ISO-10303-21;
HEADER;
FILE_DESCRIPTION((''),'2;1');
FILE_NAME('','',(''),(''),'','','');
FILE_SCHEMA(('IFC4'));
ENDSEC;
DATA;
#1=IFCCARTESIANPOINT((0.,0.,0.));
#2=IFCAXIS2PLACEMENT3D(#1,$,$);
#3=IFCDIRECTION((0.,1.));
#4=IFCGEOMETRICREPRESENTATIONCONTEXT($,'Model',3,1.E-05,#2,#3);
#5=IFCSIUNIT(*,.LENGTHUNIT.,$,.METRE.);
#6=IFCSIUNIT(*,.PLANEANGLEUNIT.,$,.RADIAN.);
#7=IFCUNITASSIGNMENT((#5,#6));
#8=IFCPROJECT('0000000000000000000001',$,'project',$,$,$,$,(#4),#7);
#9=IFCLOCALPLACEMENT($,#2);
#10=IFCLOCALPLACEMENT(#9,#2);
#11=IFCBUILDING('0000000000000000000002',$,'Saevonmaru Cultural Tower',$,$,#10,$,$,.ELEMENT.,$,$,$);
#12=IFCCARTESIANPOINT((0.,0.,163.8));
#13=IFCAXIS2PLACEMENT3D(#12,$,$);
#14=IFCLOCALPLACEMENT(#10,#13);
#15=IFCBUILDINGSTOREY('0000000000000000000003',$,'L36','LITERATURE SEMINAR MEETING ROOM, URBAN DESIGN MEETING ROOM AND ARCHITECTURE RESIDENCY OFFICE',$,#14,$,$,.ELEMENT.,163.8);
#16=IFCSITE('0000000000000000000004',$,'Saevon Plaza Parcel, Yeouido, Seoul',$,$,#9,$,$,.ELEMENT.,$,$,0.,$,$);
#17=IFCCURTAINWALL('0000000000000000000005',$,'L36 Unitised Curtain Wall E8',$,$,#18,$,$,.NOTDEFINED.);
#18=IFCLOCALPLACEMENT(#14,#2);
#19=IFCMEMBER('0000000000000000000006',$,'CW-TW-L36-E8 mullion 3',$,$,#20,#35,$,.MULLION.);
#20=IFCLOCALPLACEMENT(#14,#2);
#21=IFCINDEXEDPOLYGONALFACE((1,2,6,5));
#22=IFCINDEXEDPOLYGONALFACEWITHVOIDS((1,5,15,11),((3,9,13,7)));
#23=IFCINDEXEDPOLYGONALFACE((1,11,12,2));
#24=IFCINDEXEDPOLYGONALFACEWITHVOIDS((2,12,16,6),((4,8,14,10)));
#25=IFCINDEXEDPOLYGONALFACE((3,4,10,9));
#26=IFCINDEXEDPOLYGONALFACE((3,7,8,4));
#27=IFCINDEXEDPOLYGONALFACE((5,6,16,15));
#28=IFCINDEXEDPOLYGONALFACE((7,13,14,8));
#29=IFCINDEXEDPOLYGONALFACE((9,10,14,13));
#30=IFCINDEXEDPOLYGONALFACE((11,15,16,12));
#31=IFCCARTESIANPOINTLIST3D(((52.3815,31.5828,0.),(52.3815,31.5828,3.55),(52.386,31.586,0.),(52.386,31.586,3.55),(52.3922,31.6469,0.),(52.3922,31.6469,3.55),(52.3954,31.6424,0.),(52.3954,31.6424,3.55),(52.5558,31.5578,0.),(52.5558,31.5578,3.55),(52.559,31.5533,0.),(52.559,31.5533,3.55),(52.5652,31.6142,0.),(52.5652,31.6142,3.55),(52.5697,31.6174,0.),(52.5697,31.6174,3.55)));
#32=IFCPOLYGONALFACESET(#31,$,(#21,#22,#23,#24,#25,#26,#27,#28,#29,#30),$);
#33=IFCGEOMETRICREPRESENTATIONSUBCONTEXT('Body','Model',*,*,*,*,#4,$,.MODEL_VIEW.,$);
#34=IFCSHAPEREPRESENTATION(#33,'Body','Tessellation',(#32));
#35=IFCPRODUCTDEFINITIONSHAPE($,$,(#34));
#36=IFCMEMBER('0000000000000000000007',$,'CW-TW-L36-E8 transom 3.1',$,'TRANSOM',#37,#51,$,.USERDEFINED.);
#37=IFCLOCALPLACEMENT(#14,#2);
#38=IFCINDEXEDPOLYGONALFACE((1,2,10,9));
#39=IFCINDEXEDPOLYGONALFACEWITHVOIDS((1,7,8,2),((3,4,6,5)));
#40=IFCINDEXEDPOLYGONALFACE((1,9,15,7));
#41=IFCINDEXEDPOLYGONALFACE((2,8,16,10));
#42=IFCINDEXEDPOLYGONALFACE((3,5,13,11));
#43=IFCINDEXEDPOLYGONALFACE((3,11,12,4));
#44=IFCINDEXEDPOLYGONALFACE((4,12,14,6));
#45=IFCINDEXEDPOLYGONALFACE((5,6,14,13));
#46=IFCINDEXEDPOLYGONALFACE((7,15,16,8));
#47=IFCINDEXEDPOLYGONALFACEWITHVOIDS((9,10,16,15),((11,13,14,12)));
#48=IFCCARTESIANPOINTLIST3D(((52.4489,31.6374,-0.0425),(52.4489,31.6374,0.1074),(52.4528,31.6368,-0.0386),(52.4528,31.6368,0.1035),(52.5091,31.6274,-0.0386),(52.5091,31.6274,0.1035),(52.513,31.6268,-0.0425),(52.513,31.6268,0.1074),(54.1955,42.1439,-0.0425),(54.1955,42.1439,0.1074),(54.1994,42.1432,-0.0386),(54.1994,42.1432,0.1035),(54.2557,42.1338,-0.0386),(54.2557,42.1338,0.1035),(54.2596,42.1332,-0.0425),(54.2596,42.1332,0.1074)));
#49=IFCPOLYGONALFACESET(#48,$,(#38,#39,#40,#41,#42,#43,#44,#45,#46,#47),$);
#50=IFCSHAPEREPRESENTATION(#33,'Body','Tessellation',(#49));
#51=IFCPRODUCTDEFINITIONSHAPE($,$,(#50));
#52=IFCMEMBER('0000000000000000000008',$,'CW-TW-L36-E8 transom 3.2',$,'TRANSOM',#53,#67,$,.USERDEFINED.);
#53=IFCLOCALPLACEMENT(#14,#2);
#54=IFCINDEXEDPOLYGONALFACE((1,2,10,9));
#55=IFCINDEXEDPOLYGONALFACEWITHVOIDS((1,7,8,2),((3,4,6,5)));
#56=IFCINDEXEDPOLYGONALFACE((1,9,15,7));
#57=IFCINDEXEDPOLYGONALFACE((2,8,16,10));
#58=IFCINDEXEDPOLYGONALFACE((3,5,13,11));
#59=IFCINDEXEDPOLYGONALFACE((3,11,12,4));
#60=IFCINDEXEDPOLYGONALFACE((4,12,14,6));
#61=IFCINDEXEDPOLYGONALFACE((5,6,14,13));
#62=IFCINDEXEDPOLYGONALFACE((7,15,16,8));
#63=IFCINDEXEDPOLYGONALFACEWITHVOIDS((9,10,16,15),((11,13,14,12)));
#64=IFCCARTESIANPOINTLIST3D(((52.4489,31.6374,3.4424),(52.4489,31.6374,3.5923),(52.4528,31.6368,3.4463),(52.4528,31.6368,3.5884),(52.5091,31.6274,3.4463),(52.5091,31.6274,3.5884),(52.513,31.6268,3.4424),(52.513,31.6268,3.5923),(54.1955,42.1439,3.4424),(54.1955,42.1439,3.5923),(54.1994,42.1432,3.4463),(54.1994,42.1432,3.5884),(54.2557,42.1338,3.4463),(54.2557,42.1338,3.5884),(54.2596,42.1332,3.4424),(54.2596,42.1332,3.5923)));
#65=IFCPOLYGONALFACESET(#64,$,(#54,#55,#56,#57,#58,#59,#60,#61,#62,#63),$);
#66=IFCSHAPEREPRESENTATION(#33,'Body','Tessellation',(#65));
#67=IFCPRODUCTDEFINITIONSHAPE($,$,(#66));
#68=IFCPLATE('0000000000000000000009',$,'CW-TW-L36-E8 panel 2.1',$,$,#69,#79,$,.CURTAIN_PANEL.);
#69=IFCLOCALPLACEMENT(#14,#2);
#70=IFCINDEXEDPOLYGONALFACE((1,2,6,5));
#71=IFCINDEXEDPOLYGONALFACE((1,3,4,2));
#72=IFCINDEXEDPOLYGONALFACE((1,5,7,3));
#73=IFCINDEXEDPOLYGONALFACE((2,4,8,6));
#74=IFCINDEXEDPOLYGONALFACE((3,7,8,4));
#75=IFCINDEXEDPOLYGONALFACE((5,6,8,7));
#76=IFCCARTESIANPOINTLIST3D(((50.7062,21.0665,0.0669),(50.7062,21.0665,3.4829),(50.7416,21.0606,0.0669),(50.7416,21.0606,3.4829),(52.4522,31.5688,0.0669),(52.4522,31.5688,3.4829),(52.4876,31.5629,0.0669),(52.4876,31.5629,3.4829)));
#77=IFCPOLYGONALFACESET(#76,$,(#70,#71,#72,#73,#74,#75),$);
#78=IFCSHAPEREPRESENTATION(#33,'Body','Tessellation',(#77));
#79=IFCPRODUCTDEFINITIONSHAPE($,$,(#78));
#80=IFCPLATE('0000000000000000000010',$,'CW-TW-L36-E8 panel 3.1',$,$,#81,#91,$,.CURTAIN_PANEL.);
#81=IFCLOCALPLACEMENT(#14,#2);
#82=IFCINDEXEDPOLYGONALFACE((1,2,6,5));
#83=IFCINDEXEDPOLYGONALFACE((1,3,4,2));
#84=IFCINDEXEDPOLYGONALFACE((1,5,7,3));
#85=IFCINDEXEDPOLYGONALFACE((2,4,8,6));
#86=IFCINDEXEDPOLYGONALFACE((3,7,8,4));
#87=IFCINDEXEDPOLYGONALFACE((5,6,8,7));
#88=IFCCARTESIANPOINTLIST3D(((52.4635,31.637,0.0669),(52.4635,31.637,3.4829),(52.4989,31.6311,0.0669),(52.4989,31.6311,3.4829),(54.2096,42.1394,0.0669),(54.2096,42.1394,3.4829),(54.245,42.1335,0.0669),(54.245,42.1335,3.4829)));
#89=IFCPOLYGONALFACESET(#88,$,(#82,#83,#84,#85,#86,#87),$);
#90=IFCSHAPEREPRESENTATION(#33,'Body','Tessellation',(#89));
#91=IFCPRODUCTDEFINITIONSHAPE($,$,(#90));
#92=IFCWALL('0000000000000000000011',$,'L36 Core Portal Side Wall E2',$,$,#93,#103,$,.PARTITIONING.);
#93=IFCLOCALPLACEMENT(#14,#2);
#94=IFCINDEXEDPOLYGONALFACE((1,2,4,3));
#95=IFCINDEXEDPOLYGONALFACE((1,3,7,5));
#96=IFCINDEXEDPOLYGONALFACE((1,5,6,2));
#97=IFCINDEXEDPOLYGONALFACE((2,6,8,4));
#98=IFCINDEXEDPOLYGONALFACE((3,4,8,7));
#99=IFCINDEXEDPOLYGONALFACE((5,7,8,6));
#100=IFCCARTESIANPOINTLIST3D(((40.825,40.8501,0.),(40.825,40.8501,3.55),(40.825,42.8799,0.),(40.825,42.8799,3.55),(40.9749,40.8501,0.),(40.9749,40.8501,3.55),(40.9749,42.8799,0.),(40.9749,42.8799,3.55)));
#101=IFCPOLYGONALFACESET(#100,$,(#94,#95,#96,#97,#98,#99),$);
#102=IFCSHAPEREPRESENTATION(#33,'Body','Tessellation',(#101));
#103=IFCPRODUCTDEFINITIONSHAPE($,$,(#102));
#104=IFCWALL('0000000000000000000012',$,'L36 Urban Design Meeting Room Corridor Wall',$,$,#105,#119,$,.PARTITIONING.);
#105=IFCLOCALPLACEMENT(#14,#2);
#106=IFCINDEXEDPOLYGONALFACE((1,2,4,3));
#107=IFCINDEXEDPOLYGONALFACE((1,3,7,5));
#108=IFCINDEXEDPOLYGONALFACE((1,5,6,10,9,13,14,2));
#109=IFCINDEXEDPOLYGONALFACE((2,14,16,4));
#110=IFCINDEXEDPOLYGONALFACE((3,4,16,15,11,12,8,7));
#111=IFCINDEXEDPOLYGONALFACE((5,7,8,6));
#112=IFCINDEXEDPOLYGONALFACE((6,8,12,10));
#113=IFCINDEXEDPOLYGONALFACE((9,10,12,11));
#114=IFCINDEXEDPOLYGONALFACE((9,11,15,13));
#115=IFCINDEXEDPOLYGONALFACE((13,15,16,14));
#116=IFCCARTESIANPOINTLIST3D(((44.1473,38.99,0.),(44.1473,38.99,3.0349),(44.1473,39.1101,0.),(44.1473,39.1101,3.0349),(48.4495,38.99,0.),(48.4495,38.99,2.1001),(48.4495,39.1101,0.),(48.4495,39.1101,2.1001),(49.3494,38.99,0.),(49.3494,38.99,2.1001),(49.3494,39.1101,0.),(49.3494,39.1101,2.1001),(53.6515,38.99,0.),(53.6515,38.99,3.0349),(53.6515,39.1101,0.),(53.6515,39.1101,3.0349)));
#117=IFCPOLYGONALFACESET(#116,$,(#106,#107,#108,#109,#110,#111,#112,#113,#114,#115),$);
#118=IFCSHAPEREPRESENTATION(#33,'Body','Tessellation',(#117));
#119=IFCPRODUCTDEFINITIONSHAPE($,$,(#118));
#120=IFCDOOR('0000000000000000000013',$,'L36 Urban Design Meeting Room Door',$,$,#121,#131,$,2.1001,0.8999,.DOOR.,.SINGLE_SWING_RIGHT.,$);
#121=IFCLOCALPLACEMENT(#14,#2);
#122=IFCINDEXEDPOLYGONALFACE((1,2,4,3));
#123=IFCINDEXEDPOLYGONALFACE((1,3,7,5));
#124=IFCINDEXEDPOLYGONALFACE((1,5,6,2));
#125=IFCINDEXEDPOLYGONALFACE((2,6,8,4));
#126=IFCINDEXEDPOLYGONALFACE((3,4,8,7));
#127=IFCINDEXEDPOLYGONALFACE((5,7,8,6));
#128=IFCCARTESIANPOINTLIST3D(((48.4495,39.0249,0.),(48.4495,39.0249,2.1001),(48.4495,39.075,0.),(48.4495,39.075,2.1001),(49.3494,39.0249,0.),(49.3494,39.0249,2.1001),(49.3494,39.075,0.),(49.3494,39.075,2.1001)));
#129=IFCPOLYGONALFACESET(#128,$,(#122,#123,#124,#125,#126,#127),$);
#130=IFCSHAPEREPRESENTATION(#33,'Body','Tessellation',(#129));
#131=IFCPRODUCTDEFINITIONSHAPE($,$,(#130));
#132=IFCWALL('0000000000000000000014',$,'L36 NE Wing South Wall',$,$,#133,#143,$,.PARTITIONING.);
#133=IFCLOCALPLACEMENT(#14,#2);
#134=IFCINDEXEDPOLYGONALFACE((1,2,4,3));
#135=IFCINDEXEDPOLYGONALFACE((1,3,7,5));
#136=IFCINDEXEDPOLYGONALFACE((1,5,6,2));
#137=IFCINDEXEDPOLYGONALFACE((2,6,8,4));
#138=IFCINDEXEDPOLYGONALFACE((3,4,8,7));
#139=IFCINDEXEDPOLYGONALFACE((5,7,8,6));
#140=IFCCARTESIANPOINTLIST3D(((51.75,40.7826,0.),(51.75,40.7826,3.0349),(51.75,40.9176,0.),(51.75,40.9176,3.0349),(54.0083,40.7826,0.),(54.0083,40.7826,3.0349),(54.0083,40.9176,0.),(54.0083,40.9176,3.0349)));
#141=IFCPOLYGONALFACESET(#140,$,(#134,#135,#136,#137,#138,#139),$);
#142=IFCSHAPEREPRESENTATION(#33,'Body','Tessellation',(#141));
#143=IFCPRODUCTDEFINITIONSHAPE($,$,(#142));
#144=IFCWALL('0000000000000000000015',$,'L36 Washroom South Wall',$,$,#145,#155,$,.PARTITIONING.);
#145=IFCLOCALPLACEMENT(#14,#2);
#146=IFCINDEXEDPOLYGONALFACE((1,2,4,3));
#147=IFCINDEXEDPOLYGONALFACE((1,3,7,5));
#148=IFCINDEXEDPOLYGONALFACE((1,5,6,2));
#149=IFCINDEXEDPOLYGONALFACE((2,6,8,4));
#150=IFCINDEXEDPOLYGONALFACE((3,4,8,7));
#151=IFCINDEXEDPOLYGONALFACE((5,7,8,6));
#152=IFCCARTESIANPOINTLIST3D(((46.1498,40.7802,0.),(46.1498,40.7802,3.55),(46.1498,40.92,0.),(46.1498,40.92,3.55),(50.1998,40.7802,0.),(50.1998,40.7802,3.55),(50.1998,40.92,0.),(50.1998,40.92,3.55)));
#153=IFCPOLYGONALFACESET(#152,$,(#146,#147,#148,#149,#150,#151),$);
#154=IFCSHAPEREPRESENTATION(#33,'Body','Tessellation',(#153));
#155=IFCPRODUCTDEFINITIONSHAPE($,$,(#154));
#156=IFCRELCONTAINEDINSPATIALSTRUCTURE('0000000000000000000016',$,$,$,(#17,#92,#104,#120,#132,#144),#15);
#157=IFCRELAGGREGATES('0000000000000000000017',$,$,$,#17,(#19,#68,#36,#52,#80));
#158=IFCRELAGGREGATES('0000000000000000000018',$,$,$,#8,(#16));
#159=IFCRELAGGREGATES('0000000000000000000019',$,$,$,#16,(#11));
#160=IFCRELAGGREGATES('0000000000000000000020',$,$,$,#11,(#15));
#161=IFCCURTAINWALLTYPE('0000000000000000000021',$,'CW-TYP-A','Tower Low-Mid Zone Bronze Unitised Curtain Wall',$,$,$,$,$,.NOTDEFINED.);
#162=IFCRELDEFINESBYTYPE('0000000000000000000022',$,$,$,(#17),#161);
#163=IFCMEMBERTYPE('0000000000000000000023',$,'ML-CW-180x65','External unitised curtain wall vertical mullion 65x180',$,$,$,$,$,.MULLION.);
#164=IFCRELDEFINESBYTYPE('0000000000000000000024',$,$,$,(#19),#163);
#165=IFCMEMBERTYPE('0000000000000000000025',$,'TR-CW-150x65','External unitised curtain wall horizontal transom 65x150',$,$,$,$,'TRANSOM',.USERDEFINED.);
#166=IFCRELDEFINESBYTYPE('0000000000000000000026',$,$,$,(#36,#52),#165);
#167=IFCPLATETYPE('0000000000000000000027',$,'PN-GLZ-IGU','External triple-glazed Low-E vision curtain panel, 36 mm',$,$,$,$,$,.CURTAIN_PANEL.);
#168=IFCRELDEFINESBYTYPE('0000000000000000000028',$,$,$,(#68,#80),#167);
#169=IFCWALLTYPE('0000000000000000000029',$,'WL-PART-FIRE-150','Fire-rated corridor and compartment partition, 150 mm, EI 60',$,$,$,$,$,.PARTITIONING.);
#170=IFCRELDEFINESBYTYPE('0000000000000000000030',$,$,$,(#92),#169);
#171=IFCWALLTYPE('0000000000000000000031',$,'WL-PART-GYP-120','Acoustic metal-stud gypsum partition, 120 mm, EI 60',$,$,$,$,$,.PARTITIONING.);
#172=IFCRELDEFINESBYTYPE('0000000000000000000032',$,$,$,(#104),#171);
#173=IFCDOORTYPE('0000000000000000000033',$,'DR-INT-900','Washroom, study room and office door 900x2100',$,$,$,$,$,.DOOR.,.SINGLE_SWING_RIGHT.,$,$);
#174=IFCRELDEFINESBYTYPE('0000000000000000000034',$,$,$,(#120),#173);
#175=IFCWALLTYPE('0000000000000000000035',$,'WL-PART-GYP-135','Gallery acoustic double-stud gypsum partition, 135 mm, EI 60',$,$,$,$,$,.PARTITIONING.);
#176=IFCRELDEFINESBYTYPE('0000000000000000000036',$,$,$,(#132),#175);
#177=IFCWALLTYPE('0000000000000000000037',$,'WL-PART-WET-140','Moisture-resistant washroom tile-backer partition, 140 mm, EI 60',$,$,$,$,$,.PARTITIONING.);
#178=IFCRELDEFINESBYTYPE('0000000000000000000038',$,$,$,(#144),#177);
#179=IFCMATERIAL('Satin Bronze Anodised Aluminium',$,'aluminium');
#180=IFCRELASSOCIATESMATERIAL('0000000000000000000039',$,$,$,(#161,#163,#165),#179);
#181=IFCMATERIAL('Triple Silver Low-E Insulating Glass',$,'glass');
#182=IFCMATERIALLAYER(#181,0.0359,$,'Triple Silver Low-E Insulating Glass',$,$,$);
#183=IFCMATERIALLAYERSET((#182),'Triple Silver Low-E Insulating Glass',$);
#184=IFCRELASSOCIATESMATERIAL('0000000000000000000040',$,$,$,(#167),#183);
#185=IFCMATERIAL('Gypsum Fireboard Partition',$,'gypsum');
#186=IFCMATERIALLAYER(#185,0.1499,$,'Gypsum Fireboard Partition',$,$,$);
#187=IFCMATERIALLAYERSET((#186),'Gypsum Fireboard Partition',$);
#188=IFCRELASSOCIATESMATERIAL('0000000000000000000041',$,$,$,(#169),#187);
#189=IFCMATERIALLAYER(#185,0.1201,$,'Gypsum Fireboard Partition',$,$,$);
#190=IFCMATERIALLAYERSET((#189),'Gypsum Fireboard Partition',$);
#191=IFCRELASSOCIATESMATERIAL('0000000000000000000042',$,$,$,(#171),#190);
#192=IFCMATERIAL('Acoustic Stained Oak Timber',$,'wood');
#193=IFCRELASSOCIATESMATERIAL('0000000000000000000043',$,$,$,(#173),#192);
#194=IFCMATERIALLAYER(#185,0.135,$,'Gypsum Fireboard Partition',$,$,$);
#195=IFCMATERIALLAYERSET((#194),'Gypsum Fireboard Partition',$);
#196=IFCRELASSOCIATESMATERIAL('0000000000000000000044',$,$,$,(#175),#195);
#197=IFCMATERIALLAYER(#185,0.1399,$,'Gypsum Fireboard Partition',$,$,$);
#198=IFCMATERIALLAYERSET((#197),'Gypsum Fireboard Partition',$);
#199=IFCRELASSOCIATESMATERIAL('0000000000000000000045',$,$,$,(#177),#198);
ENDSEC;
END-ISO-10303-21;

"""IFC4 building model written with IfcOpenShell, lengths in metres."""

from ifc_helpers import new_model, si_unit, direction, frame, frame_2d, origin, origin_2d, place, context, subcontext, project, spatial, rectangle, hollow_rectangle, extrude, material, layer, layer_set, material_profile, profile_set, type_object, element, fill, aggregate, save


model = new_model("IFC4")

# Units and contexts
model_context = context("Model", 3, precision=1e-05, world=origin(), true_north=direction((0.0, 1.0)))
body_context = subcontext(model_context, "Body", "Model", "MODEL_VIEW")
ifc_project = project(units=[si_unit("LENGTHUNIT", "METRE"), si_unit("PLANEANGLEUNIT", "RADIAN")], contexts=[model_context])

# Site, building, storey
site_placement = place(None, origin())
site = spatial("IfcSite", under=ifc_project, at=site_placement, Name="Saevon Plaza Parcel, Yeouido, Seoul", CompositionType="ELEMENT", RefElevation=0.0)
building_placement = place(site_placement, origin())
building = spatial("IfcBuilding", under=site, at=building_placement, Name="Saevonmaru Cultural Tower", CompositionType="ELEMENT")
storey_placement = place(building_placement, frame((0.0, 0.0, 163.8)))
storey = spatial("IfcBuildingStorey", under=building, at=storey_placement, Name="L36", Description="LITERATURE SEMINAR MEETING ROOM, URBAN DESIGN MEETING ROOM AND ARCHITECTURE RESIDENCY OFFICE", CompositionType="ELEMENT", Elevation=163.8)

# Curtain wall, members, plates
ifc_material_1 = material(Name="Satin Bronze Anodised Aluminium", Category="aluminium")
curtain_wall_type = type_object("IfcCurtainWallType", Name="CW-TYP-A", Description="Tower Low-Mid Zone Bronze Unitised Curtain Wall", PredefinedType="NOTDEFINED", material=ifc_material_1)
curtain_wall_placement = place(storey_placement, origin())
curtain_wall = element("IfcCurtainWall", 1, at=curtain_wall_placement, inside=storey, type_object=curtain_wall_type, Name="L36 Unitised Curtain Wall E8", PredefinedType="NOTDEFINED")
ifc_material_profile_1 = material_profile(ifc_material_1, hollow_rectangle(XDim=0.0649, YDim=0.1799, WallThickness=0.0039, at=origin_2d()), Name="ALU-MULL-180x65x4")
ifc_profile_set_1 = profile_set([ifc_material_profile_1], Name="Satin Bronze Anodised Aluminium")
member_type_1 = type_object("IfcMemberType", Name="ML-CW-180x65", Description="External unitised curtain wall vertical mullion 65x180", PredefinedType="MULLION", material=ifc_profile_set_1)
member_1_placement = place(storey_placement, frame((52.4756, 31.6001, 0.0), z_axis=(0.0, 0.0, 1.0), x_axis=(0.163999, 0.986461, 0.0)))
member_1 = element("IfcMember", 2, at=member_1_placement, type_object=member_type_1, Name="CW-TW-L36-E8 mullion 3", PredefinedType="MULLION", context=body_context, shape_type="SweptSolid", body=[
    extrude(hollow_rectangle(XDim=0.0649, YDim=0.1799, WallThickness=0.0039, at=origin_2d()), origin(), (0.0, 0.0, 1.0), 3.55),
])
ifc_material_profile_2 = material_profile(ifc_material_1, hollow_rectangle(XDim=0.0649, YDim=0.1499, WallThickness=0.0039, at=origin_2d()), Name="ALU-TRAN-150x65x4")
ifc_profile_set_2 = profile_set([ifc_material_profile_2], Name="Satin Bronze Anodised Aluminium")
member_type_2 = type_object("IfcMemberType", Name="TR-CW-150x65", Description="External unitised curtain wall horizontal transom 65x150", ElementType="TRANSOM", PredefinedType="USERDEFINED", material=ifc_profile_set_2)
member_2_placement = place(storey_placement, frame((52.481, 31.6321, 0.0325), z_axis=(0.16399, 0.986462, 0.0), x_axis=(-0.986462, 0.16399, 0.0)))
member_2 = element("IfcMember", 3, at=member_2_placement, type_object=member_type_2, Name="CW-TW-L36-E8 transom 3.1", ObjectType="TRANSOM", PredefinedType="USERDEFINED", context=body_context, shape_type="SweptSolid", body=[
    extrude(hollow_rectangle(XDim=0.0649, YDim=0.1499, WallThickness=0.0039, at=origin_2d()), origin(), (0.0, 0.0, 1.0), 10.6506),
])
member_3_placement = place(storey_placement, frame((52.481, 31.6321, 3.5173), z_axis=(0.16399, 0.986462, 0.0), x_axis=(-0.986462, 0.16399, 0.0)))
member_3 = element("IfcMember", 4, at=member_3_placement, type_object=member_type_2, Name="CW-TW-L36-E8 transom 3.2", ObjectType="TRANSOM", PredefinedType="USERDEFINED", context=body_context, shape_type="SweptSolid", body=[
    extrude(hollow_rectangle(XDim=0.0649, YDim=0.1499, WallThickness=0.0039, at=origin_2d()), origin(), (0.0, 0.0, 1.0), 10.6506),
])
ifc_material_2 = material(Name="Triple Silver Low-E Insulating Glass", Category="glass")
ifc_layer_1 = layer(ifc_material_2, 0.0359, Name="Triple Silver Low-E Insulating Glass")
ifc_layer_set_1 = layer_set([ifc_layer_1], Name="Triple Silver Low-E Insulating Glass")
plate_type = type_object("IfcPlateType", Name="PN-GLZ-IGU", Description="External triple-glazed Low-E vision curtain panel, 36 mm", PredefinedType="CURTAIN_PANEL", material=ifc_layer_set_1)
plate_1_placement = place(storey_placement, frame((51.5969, 26.3147, 0.0669), z_axis=(0.0, 0.0, 1.0), x_axis=(0.163999, 0.986461, 0.0)))
plate_1 = element("IfcPlate", 5, at=plate_1_placement, type_object=plate_type, Name="CW-TW-L36-E8 panel 2.1", PredefinedType="CURTAIN_PANEL", context=body_context, shape_type="SweptSolid", body=[
    extrude(rectangle(XDim=10.6465, YDim=0.0359, at=origin_2d()), origin(), (0.0, 0.0, 1.0), 3.416),
])
plate_2_placement = place(storey_placement, frame((53.3542, 36.8853, 0.0669), z_axis=(0.0, 0.0, 1.0), x_axis=(0.163999, 0.986461, 0.0)))
plate_2 = element("IfcPlate", 6, at=plate_2_placement, type_object=plate_type, Name="CW-TW-L36-E8 panel 3.1", PredefinedType="CURTAIN_PANEL", context=body_context, shape_type="SweptSolid", body=[
    extrude(rectangle(XDim=10.6465, YDim=0.0359, at=origin_2d()), origin(), (0.0, 0.0, 1.0), 3.416),
])
aggregate(curtain_wall, [member_1, plate_1, member_2, member_3, plate_2])

# Wall
ifc_material_3 = material(Name="Gypsum Fireboard Partition", Category="gypsum")
ifc_layer_2 = layer(ifc_material_3, 0.1499, Name="Gypsum Fireboard Partition")
ifc_layer_set_2 = layer_set([ifc_layer_2], Name="Gypsum Fireboard Partition")
wall_type_1 = type_object("IfcWallType", Name="WL-PART-FIRE-150", Description="Fire-rated corridor and compartment partition, 150 mm, EI 60", PredefinedType="PARTITIONING", material=ifc_layer_set_2)
wall_1_placement = place(storey_placement, frame((40.8999, 40.8501, 0.0), z_axis=(0.0, 0.0, 1.0), x_axis=(0.0, 1.0, 0.0)))
element("IfcWall", 7, at=wall_1_placement, inside=storey, type_object=wall_type_1, Name="L36 Core Portal Side Wall E2", PredefinedType="PARTITIONING", context=body_context, shape_type="SweptSolid", body=[
    extrude(rectangle(XDim=2.0298, YDim=0.1499, at=frame_2d((1.0149, 0.0))), origin(), (0.0, 0.0, 1.0), 3.55),
])

# Wall, opening, door
ifc_layer_3 = layer(ifc_material_3, 0.1201, Name="Gypsum Fireboard Partition")
ifc_layer_set_3 = layer_set([ifc_layer_3], Name="Gypsum Fireboard Partition")
wall_type_2 = type_object("IfcWallType", Name="WL-PART-GYP-120", Description="Acoustic metal-stud gypsum partition, 120 mm, EI 60", PredefinedType="PARTITIONING", material=ifc_layer_set_3)
wall_2_placement = place(storey_placement, frame((44.1475, 39.05, 0.0), z_axis=(0.0, 0.0, 1.0), x_axis=(1.0, 0.0, 0.0)))
wall_2 = element("IfcWall", 8, at=wall_2_placement, inside=storey, type_object=wall_type_2, Name="L36 Urban Design Meeting Room Corridor Wall", PredefinedType="PARTITIONING", context=body_context, shape_type="SweptSolid", body=[
    extrude(rectangle(XDim=9.5042, YDim=0.1201, at=frame_2d((4.752, 0.0))), origin(), (0.0, 0.0, 1.0), 3.0349),
])
opening_placement = place(wall_2_placement, frame((4.302, 0.0, 0.0)))
opening = element("IfcOpeningElement", 9, at=opening_placement, cuts=wall_2, PredefinedType="OPENING", context=body_context, shape_type="SweptSolid", body=[
    extrude(rectangle(XDim=0.8999, YDim=2.1001, at=frame_2d((0.45, 1.05))), frame((0.0, 0.0701, 0.0), z_axis=(0.0, -1.0, 0.0), x_axis=(1.0, 0.0, 0.0)), (0.0, 0.0, 1.0), 0.1401),
])
ifc_material_4 = material(Name="Acoustic Stained Oak Timber", Category="wood")
door_type = type_object("IfcDoorType", Name="DR-INT-900", Description="Washroom, study room and office door 900x2100", OperationType="SINGLE_SWING_RIGHT", PredefinedType="DOOR", material=ifc_material_4)
door_placement = place(opening_placement, origin())
door = element("IfcDoor", 10, at=door_placement, inside=storey, type_object=door_type, Name="L36 Urban Design Meeting Room Door", OperationType="SINGLE_SWING_RIGHT", OverallHeight=2.1001, OverallWidth=0.8999, PredefinedType="DOOR", context=body_context, shape_type="SweptSolid", body=[
    extrude(rectangle(XDim=0.8999, YDim=2.1001, at=frame_2d((0.45, 1.05))), frame((0.0, 0.0249, 0.0), z_axis=(0.0, -1.0, 0.0), x_axis=(1.0, 0.0, 0.0)), (0.0, 0.0, 1.0), 0.05),
])
fill(opening, door)

# Walls
ifc_layer_4 = layer(ifc_material_3, 0.135, Name="Gypsum Fireboard Partition")
ifc_layer_set_4 = layer_set([ifc_layer_4], Name="Gypsum Fireboard Partition")
wall_type_3 = type_object("IfcWallType", Name="WL-PART-GYP-135", Description="Gallery acoustic double-stud gypsum partition, 135 mm, EI 60", PredefinedType="PARTITIONING", material=ifc_layer_set_4)
wall_3_placement = place(storey_placement, frame((51.75, 40.8501, 0.0), z_axis=(0.0, 0.0, 1.0), x_axis=(1.0, 0.0, 0.0)))
element("IfcWall", 11, at=wall_3_placement, inside=storey, type_object=wall_type_3, Name="L36 NE Wing South Wall", PredefinedType="PARTITIONING", context=body_context, shape_type="SweptSolid", body=[
    extrude(rectangle(XDim=2.2583, YDim=0.135, at=frame_2d((1.1292, 0.0))), origin(), (0.0, 0.0, 1.0), 3.0349),
])
ifc_layer_5 = layer(ifc_material_3, 0.1399, Name="Gypsum Fireboard Partition")
ifc_layer_set_5 = layer_set([ifc_layer_5], Name="Gypsum Fireboard Partition")
wall_type_4 = type_object("IfcWallType", Name="WL-PART-WET-140", Description="Moisture-resistant washroom tile-backer partition, 140 mm, EI 60", PredefinedType="PARTITIONING", material=ifc_layer_set_5)
wall_4_placement = place(storey_placement, frame((46.1499, 40.8501, 0.0), z_axis=(0.0, 0.0, 1.0), x_axis=(1.0, 0.0, 0.0)))
element("IfcWall", 12, at=wall_4_placement, inside=storey, type_object=wall_type_4, Name="L36 Washroom South Wall", PredefinedType="PARTITIONING", context=body_context, shape_type="SweptSolid", body=[
    extrude(rectangle(XDim=4.05, YDim=0.1399, at=frame_2d((2.0249, 0.0))), origin(), (0.0, 0.0, 1.0), 3.55),
])

save(model, "model.ifc")
